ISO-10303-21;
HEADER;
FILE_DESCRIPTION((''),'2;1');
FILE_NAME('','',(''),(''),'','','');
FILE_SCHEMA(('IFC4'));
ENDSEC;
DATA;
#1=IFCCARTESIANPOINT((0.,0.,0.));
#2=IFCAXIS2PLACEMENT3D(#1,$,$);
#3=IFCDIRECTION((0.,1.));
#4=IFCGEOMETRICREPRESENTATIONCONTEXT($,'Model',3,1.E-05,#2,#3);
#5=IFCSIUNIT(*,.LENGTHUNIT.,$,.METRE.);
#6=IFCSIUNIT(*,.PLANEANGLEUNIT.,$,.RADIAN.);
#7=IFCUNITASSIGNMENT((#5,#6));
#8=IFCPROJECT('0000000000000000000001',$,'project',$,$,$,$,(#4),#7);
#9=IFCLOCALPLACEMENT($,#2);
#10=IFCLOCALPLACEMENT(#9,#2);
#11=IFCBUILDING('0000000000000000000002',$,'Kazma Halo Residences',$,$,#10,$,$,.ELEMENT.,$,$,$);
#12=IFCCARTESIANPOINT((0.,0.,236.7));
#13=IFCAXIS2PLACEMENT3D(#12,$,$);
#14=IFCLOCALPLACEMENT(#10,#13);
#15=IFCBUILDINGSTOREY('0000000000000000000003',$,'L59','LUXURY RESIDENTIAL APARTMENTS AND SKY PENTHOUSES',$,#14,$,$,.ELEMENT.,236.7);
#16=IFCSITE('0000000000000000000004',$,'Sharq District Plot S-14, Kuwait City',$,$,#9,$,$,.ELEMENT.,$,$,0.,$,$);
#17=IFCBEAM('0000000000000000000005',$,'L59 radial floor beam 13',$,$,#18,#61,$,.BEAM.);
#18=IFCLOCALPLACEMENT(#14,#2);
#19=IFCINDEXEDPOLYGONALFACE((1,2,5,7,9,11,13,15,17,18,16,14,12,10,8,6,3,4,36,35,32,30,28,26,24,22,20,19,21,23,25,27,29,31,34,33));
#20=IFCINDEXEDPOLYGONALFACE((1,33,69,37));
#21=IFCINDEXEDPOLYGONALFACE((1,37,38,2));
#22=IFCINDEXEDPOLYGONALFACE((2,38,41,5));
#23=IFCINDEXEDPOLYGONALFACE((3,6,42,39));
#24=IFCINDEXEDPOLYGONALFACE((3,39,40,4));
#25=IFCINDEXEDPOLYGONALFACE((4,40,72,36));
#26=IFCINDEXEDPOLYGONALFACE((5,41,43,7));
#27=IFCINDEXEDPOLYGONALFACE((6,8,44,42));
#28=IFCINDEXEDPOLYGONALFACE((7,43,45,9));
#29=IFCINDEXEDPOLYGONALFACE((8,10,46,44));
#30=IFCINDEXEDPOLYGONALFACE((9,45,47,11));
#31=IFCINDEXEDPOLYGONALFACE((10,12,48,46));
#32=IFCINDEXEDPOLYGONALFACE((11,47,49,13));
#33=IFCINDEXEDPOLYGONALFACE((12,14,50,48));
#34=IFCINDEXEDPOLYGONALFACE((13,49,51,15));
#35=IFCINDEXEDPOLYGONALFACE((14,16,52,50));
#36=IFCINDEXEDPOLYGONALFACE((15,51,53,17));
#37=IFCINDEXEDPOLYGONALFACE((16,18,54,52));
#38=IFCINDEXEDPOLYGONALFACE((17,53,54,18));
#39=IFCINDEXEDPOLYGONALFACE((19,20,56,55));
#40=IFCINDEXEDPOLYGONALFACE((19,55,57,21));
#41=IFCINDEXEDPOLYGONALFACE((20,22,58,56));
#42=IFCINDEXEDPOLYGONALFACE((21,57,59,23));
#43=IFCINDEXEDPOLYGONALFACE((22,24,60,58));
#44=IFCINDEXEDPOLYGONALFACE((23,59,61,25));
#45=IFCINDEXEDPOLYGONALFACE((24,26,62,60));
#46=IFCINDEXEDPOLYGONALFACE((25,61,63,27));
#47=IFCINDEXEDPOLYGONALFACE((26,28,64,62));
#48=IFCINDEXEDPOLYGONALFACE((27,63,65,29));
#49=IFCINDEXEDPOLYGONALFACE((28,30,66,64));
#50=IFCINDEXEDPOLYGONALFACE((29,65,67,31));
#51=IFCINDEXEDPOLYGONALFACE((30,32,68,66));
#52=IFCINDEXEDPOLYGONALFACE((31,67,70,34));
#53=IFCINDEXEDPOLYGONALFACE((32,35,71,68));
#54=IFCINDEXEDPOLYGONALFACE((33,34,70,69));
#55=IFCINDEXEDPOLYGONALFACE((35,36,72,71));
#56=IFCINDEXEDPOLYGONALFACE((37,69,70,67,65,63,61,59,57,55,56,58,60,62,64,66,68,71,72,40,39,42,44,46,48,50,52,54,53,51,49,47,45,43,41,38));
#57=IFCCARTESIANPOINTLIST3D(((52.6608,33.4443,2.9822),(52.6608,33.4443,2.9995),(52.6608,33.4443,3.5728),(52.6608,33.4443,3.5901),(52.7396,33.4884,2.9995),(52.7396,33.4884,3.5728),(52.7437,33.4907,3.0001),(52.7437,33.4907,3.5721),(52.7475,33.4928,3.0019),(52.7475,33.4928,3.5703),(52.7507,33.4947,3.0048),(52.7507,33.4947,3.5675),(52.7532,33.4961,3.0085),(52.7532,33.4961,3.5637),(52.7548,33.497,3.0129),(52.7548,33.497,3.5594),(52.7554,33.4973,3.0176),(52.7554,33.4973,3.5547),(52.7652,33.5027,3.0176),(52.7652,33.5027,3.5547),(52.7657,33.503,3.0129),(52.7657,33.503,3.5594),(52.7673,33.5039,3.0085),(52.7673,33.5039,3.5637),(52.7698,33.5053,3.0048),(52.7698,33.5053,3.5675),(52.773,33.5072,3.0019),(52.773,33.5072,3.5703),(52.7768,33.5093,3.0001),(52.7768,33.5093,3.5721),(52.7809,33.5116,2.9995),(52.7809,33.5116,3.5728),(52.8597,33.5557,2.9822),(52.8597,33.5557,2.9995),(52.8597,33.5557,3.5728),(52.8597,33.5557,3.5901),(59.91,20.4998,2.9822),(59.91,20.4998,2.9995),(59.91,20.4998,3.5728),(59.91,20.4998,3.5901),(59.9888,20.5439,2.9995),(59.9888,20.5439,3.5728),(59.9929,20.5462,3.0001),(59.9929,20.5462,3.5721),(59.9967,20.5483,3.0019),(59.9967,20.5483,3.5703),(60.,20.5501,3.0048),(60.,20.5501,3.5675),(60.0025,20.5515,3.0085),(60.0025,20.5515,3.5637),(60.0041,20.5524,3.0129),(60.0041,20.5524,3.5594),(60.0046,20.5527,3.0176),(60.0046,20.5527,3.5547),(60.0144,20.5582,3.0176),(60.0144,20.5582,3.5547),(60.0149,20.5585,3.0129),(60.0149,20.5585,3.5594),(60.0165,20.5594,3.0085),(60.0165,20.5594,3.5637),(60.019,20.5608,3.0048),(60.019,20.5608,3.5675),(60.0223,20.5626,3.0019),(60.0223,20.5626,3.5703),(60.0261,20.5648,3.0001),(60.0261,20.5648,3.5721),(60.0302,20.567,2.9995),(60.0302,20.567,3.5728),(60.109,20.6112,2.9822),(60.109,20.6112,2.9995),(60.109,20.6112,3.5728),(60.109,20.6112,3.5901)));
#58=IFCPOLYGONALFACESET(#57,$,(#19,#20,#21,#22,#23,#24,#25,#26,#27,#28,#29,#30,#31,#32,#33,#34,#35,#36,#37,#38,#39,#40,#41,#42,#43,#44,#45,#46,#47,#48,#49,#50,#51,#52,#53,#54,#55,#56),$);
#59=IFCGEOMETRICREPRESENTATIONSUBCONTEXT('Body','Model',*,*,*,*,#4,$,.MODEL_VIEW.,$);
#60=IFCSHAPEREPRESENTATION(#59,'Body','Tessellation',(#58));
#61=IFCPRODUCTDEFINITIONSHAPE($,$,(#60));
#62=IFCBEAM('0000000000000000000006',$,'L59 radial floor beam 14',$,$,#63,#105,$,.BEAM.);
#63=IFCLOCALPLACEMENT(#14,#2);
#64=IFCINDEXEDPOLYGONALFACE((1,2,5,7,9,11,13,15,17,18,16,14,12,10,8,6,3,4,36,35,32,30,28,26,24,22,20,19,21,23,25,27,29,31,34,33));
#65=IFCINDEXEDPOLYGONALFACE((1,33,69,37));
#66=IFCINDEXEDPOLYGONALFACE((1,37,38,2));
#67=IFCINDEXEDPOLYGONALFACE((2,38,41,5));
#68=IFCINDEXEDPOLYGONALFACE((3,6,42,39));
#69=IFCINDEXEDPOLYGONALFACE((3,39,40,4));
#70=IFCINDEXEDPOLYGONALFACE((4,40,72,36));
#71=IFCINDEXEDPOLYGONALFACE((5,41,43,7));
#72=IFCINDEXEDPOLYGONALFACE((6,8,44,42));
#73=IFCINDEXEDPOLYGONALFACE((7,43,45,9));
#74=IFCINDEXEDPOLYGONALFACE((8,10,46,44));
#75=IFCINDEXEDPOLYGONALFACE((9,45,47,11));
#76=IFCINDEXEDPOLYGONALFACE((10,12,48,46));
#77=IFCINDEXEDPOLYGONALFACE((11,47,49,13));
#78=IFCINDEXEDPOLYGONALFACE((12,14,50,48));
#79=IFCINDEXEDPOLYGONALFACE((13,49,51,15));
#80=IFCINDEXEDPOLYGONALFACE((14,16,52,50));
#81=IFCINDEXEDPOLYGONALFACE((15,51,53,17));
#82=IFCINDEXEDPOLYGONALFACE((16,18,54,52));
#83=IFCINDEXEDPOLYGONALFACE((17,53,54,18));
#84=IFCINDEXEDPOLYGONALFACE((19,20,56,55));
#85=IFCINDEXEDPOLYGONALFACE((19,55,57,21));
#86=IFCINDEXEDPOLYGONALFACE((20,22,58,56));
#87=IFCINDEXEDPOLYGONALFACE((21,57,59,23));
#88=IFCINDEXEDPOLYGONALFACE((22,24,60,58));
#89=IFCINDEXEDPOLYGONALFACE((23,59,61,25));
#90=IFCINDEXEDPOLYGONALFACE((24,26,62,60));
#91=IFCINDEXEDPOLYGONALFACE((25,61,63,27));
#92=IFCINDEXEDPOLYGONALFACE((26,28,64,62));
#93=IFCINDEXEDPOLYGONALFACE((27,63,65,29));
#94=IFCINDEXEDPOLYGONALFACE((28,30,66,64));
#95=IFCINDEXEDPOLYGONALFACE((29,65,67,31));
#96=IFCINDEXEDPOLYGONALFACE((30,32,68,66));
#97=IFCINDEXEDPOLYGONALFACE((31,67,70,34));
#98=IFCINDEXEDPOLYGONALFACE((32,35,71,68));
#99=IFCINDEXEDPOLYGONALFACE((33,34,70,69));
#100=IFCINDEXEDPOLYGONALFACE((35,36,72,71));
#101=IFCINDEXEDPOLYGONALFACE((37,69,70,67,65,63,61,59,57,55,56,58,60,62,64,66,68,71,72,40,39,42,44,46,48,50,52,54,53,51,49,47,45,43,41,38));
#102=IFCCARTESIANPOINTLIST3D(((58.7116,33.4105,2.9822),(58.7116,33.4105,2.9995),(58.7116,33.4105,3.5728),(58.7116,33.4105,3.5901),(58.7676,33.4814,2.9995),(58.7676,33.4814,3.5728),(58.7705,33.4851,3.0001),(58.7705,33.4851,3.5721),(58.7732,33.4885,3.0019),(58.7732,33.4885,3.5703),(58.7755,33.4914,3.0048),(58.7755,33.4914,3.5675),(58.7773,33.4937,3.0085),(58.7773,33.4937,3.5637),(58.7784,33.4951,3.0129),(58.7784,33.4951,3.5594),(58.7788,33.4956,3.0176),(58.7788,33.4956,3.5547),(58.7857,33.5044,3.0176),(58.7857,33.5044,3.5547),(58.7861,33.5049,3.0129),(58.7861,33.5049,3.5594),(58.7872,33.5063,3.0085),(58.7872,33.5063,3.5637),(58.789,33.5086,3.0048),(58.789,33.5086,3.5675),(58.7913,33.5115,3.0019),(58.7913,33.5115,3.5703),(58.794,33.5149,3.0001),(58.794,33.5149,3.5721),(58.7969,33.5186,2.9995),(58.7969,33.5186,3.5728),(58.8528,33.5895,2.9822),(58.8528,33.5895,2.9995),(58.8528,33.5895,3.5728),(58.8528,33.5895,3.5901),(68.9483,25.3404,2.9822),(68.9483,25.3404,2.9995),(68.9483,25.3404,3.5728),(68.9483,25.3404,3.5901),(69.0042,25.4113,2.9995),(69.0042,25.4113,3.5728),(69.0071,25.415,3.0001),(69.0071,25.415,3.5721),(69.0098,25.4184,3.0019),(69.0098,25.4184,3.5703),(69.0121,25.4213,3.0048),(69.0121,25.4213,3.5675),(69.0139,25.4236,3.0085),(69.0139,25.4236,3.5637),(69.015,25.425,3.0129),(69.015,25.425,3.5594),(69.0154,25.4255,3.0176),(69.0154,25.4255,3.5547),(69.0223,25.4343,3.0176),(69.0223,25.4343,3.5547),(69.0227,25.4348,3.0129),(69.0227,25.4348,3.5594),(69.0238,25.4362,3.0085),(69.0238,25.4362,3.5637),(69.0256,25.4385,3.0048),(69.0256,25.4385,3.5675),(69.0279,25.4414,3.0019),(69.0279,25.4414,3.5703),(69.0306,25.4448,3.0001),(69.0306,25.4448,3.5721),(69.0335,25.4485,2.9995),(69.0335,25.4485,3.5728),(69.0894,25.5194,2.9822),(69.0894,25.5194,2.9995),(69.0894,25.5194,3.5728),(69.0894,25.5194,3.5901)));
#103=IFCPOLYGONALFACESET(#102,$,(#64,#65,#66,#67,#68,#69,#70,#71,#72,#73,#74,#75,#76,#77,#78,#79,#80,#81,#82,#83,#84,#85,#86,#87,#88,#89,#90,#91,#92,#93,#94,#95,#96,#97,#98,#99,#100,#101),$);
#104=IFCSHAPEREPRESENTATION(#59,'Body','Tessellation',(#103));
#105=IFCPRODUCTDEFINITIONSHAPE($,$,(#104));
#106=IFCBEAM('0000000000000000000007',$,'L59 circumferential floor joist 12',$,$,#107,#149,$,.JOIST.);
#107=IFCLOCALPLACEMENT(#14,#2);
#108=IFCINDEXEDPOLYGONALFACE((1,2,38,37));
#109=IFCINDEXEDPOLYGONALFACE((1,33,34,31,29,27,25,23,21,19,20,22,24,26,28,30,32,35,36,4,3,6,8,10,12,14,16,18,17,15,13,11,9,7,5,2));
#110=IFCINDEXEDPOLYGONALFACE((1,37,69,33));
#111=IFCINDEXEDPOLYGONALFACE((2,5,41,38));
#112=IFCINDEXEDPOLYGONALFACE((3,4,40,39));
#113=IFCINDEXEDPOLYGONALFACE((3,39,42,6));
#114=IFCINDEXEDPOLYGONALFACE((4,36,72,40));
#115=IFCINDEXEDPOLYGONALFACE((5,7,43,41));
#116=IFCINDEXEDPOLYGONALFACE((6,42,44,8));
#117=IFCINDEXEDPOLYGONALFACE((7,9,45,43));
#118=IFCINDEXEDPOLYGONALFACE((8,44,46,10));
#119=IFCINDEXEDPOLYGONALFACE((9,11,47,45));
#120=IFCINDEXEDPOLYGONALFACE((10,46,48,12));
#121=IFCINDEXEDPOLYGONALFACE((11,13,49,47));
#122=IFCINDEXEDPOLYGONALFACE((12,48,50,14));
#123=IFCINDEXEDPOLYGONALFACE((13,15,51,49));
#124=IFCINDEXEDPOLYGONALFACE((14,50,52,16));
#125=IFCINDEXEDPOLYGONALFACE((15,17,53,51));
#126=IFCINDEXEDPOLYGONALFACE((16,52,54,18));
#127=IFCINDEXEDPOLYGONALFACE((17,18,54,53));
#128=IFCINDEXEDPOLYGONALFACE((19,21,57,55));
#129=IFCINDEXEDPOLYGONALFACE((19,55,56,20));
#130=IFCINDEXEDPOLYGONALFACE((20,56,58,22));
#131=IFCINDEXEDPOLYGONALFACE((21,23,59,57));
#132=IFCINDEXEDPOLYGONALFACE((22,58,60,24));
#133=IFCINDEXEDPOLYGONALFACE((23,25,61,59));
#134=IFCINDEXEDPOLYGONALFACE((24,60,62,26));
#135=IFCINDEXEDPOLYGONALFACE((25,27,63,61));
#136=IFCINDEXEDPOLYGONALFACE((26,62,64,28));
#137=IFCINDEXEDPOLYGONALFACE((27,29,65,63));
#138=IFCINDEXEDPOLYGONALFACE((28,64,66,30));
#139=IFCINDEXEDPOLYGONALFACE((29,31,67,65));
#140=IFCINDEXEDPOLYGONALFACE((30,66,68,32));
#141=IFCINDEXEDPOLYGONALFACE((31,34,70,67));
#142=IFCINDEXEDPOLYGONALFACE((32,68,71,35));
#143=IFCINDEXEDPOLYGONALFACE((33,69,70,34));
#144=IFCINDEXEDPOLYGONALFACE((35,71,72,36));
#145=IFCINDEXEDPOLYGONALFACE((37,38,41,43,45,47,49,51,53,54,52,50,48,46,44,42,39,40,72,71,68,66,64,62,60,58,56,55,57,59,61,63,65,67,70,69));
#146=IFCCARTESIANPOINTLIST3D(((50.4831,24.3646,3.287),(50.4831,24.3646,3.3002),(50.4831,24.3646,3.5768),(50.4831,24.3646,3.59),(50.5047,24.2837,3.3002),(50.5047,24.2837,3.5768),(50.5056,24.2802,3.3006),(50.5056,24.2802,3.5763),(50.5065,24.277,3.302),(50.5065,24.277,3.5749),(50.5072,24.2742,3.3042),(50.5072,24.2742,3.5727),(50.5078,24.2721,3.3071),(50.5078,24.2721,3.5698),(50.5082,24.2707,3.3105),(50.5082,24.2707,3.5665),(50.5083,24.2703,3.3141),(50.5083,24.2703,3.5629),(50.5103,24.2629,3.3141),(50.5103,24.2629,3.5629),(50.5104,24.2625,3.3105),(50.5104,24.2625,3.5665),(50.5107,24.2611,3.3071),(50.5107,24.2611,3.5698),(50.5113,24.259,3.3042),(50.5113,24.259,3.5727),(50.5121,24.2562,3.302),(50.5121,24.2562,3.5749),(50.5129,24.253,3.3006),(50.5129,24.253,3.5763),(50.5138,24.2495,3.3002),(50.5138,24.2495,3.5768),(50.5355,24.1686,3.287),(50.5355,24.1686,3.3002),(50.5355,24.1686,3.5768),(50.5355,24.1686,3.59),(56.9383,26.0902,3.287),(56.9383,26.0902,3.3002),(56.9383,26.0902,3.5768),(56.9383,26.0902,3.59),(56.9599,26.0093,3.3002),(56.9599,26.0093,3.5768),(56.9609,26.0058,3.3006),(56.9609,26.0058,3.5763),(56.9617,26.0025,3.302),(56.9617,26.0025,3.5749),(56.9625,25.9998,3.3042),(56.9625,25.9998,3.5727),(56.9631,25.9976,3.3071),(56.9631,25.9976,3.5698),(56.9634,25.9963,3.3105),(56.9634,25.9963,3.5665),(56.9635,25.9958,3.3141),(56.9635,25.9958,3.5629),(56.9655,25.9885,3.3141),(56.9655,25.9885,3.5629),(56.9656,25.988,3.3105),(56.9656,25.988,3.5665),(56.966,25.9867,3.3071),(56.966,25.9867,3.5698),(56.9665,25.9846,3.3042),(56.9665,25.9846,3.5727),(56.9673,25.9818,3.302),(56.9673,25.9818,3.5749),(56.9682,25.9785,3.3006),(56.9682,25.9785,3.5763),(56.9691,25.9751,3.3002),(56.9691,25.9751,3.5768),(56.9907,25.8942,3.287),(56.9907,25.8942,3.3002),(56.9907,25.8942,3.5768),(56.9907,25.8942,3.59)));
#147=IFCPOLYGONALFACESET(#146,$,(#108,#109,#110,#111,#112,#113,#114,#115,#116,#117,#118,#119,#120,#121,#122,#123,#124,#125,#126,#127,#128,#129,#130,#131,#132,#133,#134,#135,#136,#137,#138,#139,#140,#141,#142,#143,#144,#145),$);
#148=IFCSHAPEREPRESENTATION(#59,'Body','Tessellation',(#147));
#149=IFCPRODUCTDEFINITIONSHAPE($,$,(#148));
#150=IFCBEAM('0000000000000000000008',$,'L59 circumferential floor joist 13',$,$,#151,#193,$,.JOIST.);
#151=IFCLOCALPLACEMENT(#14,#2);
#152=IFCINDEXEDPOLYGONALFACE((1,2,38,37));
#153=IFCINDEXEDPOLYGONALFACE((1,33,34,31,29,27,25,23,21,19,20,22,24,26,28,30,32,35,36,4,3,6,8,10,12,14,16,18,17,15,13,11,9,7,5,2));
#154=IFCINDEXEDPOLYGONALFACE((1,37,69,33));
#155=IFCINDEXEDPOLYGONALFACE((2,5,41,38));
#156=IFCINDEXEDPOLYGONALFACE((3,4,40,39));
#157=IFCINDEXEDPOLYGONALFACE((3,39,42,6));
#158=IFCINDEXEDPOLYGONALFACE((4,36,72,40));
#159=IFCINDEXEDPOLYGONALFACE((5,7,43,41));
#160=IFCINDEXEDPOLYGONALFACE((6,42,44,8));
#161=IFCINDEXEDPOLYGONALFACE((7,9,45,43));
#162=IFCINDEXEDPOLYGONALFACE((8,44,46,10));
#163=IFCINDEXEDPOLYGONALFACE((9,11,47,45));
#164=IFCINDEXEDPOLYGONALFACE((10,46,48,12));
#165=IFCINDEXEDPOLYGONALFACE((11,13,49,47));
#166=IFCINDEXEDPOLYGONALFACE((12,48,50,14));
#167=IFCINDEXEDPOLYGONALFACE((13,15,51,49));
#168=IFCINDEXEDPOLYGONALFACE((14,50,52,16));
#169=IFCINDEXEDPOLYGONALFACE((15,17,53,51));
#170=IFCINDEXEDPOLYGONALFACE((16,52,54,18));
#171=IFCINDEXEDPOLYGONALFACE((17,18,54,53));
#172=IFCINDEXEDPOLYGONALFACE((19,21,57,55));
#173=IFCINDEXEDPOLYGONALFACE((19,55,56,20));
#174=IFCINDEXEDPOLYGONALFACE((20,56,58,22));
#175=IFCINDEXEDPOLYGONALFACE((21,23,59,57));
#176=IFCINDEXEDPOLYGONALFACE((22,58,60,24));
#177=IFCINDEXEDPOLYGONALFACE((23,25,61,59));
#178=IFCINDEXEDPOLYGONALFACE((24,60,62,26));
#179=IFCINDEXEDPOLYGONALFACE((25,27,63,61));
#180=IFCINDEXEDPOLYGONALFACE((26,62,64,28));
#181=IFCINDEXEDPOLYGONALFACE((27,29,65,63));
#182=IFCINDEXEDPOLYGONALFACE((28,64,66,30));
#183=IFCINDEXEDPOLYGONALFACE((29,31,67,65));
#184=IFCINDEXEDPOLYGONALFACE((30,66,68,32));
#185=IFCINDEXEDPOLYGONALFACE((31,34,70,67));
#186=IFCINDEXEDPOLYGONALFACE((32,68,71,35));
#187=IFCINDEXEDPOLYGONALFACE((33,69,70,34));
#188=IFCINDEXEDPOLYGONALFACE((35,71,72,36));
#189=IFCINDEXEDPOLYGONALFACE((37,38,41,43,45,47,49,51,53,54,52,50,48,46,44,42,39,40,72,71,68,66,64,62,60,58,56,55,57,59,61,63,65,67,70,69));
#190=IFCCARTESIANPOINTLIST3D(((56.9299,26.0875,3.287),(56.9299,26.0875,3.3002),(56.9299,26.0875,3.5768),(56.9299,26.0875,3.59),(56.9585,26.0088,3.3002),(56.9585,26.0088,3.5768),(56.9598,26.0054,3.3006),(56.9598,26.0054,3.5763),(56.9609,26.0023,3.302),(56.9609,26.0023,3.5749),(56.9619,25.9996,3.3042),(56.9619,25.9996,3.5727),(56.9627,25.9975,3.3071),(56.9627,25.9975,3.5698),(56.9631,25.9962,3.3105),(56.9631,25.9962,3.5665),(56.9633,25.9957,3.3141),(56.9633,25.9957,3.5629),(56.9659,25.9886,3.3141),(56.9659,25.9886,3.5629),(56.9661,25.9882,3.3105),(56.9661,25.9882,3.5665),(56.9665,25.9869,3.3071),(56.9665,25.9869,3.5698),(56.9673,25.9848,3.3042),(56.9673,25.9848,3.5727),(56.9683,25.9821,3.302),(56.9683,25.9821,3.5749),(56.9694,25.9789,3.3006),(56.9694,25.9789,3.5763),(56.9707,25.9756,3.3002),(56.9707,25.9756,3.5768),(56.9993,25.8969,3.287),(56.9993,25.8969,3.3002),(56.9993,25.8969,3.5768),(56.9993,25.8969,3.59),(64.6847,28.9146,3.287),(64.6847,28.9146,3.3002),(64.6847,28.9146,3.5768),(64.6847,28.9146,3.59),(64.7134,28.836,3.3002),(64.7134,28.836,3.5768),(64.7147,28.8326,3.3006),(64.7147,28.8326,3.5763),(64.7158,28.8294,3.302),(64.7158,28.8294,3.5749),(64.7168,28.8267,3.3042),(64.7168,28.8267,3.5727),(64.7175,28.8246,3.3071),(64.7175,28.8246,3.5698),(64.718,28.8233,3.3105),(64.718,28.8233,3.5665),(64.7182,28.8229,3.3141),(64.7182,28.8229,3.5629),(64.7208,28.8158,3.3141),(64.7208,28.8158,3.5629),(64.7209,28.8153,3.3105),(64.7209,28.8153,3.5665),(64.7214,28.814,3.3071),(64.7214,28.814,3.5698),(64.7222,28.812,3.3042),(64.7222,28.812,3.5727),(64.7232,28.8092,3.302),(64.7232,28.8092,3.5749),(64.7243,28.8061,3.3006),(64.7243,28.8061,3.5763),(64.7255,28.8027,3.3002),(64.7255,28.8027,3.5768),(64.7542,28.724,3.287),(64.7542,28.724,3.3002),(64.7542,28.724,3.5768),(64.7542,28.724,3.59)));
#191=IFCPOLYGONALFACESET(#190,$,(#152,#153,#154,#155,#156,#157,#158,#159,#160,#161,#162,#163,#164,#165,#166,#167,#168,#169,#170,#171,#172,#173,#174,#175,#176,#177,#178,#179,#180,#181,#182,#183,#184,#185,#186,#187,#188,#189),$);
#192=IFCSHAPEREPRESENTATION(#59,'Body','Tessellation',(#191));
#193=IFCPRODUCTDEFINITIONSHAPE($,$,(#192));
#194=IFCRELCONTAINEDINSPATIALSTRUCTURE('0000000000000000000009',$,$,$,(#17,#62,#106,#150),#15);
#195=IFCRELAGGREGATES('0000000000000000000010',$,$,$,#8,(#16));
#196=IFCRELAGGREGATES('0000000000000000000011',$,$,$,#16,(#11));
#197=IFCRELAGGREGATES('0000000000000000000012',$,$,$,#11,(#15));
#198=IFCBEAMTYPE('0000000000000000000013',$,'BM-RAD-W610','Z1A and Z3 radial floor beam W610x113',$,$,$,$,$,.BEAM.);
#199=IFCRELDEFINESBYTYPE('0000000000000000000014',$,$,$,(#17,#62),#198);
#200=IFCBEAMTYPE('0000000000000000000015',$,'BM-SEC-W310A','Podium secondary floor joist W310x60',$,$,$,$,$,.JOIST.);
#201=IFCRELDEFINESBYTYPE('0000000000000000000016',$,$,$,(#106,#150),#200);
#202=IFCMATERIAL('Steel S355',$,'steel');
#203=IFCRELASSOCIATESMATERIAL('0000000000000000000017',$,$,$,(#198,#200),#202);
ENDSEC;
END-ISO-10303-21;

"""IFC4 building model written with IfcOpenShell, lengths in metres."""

from ifc_helpers import new_model, si_unit, direction, frame, origin, origin_2d, place, context, subcontext, project, spatial, i_section, extrude, material, material_profile, profile_set, type_object, element, save


model = new_model("IFC4")

# Units and contexts
model_context = context("Model", 3, precision=1e-05, world=origin(), true_north=direction((0.0, 1.0)))
body_context = subcontext(model_context, "Body", "Model", "MODEL_VIEW")
ifc_project = project(units=[si_unit("LENGTHUNIT", "METRE"), si_unit("PLANEANGLEUNIT", "RADIAN")], contexts=[model_context])

# Site, building, storey
site_placement = place(None, origin())
site = spatial("IfcSite", under=ifc_project, at=site_placement, Name="Sharq District Plot S-14, Kuwait City", CompositionType="ELEMENT", RefElevation=0.0)
building_placement = place(site_placement, origin())
building = spatial("IfcBuilding", under=site, at=building_placement, Name="Kazma Halo Residences", CompositionType="ELEMENT")
storey_placement = place(building_placement, frame((0.0, 0.0, 236.7)))
storey = spatial("IfcBuildingStorey", under=building, at=storey_placement, Name="L59", Description="LUXURY RESIDENTIAL APARTMENTS AND SKY PENTHOUSES", CompositionType="ELEMENT", Elevation=236.7)

# Beams
ifc_material_1 = material(Name="Steel S355", Category="steel")
ifc_material_profile_1 = material_profile(ifc_material_1, i_section(OverallWidth=0.228, OverallDepth=0.6079, WebThickness=0.0112, FlangeThickness=0.0173, FilletRadius=0.0181, at=origin_2d()), Name="W610x113")
ifc_profile_set_1 = profile_set([ifc_material_profile_1], Name="Steel S355")
beam_type_1 = type_object("IfcBeamType", Name="BM-RAD-W610", Description="Z1A and Z3 radial floor beam W610x113", PredefinedType="BEAM", material=ifc_profile_set_1)
beam_1_placement = place(storey_placement, frame((52.7603, 33.5, 3.2861), z_axis=(0.488619, -0.872497, 0.0), x_axis=(0.872497, 0.488619, 0.0)))
element("IfcBeam", 1, at=beam_1_placement, inside=storey, type_object=beam_type_1, Name="L59 radial floor beam 13", PredefinedType="BEAM", context=body_context, shape_type="SweptSolid", body=[
    extrude(i_section(OverallWidth=0.228, OverallDepth=0.6079, WebThickness=0.0112, FlangeThickness=0.0173, FilletRadius=0.0181, at=origin_2d()), origin(), (0.0, 0.0, 1.0), 14.8362),
])
beam_2_placement = place(storey_placement, frame((58.7822, 33.5, 3.2861), z_axis=(0.785309, -0.619104, 0.0), x_axis=(0.619104, 0.785309, 0.0)))
element("IfcBeam", 2, at=beam_2_placement, inside=storey, type_object=beam_type_1, Name="L59 radial floor beam 14", PredefinedType="BEAM", context=body_context, shape_type="SweptSolid", body=[
    extrude(i_section(OverallWidth=0.228, OverallDepth=0.6079, WebThickness=0.0112, FlangeThickness=0.0173, FilletRadius=0.0181, at=origin_2d()), origin(), (0.0, 0.0, 1.0), 13.0352),
])
ifc_material_profile_2 = material_profile(ifc_material_1, i_section(OverallWidth=0.2029, OverallDepth=0.303, WebThickness=0.0076, FlangeThickness=0.0132, FilletRadius=0.0139, at=origin_2d()), Name="W310x60")
ifc_profile_set_2 = profile_set([ifc_material_profile_2], Name="Steel S355")
beam_type_2 = type_object("IfcBeamType", Name="BM-SEC-W310A", Description="Podium secondary floor joist W310x60", PredefinedType="JOIST", material=ifc_profile_set_2)
beam_3_placement = place(storey_placement, frame((50.5093, 24.2666, 3.4385), z_axis=(0.96608, 0.258245, 0.0), x_axis=(-0.258245, 0.96608, 0.0)))
element("IfcBeam", 3, at=beam_3_placement, inside=storey, type_object=beam_type_2, Name="L59 circumferential floor joist 12", PredefinedType="JOIST", context=body_context, shape_type="SweptSolid", body=[
    extrude(i_section(OverallWidth=0.2029, OverallDepth=0.303, WebThickness=0.0076, FlangeThickness=0.0132, FilletRadius=0.0139, at=origin_2d()), origin(), (0.0, 0.0, 1.0), 6.6819),
])
beam_4_placement = place(storey_placement, frame((56.9646, 25.9922, 3.4385), z_axis=(0.939513, 0.342512, 0.0), x_axis=(-0.342512, 0.939513, 0.0)))
element("IfcBeam", 4, at=beam_4_placement, inside=storey, type_object=beam_type_2, Name="L59 circumferential floor joist 13", PredefinedType="JOIST", context=body_context, shape_type="SweptSolid", body=[
    extrude(i_section(OverallWidth=0.2029, OverallDepth=0.303, WebThickness=0.0076, FlangeThickness=0.0132, FilletRadius=0.0139, at=origin_2d()), origin(), (0.0, 0.0, 1.0), 8.2542),
])

save(model, "model.ifc")
